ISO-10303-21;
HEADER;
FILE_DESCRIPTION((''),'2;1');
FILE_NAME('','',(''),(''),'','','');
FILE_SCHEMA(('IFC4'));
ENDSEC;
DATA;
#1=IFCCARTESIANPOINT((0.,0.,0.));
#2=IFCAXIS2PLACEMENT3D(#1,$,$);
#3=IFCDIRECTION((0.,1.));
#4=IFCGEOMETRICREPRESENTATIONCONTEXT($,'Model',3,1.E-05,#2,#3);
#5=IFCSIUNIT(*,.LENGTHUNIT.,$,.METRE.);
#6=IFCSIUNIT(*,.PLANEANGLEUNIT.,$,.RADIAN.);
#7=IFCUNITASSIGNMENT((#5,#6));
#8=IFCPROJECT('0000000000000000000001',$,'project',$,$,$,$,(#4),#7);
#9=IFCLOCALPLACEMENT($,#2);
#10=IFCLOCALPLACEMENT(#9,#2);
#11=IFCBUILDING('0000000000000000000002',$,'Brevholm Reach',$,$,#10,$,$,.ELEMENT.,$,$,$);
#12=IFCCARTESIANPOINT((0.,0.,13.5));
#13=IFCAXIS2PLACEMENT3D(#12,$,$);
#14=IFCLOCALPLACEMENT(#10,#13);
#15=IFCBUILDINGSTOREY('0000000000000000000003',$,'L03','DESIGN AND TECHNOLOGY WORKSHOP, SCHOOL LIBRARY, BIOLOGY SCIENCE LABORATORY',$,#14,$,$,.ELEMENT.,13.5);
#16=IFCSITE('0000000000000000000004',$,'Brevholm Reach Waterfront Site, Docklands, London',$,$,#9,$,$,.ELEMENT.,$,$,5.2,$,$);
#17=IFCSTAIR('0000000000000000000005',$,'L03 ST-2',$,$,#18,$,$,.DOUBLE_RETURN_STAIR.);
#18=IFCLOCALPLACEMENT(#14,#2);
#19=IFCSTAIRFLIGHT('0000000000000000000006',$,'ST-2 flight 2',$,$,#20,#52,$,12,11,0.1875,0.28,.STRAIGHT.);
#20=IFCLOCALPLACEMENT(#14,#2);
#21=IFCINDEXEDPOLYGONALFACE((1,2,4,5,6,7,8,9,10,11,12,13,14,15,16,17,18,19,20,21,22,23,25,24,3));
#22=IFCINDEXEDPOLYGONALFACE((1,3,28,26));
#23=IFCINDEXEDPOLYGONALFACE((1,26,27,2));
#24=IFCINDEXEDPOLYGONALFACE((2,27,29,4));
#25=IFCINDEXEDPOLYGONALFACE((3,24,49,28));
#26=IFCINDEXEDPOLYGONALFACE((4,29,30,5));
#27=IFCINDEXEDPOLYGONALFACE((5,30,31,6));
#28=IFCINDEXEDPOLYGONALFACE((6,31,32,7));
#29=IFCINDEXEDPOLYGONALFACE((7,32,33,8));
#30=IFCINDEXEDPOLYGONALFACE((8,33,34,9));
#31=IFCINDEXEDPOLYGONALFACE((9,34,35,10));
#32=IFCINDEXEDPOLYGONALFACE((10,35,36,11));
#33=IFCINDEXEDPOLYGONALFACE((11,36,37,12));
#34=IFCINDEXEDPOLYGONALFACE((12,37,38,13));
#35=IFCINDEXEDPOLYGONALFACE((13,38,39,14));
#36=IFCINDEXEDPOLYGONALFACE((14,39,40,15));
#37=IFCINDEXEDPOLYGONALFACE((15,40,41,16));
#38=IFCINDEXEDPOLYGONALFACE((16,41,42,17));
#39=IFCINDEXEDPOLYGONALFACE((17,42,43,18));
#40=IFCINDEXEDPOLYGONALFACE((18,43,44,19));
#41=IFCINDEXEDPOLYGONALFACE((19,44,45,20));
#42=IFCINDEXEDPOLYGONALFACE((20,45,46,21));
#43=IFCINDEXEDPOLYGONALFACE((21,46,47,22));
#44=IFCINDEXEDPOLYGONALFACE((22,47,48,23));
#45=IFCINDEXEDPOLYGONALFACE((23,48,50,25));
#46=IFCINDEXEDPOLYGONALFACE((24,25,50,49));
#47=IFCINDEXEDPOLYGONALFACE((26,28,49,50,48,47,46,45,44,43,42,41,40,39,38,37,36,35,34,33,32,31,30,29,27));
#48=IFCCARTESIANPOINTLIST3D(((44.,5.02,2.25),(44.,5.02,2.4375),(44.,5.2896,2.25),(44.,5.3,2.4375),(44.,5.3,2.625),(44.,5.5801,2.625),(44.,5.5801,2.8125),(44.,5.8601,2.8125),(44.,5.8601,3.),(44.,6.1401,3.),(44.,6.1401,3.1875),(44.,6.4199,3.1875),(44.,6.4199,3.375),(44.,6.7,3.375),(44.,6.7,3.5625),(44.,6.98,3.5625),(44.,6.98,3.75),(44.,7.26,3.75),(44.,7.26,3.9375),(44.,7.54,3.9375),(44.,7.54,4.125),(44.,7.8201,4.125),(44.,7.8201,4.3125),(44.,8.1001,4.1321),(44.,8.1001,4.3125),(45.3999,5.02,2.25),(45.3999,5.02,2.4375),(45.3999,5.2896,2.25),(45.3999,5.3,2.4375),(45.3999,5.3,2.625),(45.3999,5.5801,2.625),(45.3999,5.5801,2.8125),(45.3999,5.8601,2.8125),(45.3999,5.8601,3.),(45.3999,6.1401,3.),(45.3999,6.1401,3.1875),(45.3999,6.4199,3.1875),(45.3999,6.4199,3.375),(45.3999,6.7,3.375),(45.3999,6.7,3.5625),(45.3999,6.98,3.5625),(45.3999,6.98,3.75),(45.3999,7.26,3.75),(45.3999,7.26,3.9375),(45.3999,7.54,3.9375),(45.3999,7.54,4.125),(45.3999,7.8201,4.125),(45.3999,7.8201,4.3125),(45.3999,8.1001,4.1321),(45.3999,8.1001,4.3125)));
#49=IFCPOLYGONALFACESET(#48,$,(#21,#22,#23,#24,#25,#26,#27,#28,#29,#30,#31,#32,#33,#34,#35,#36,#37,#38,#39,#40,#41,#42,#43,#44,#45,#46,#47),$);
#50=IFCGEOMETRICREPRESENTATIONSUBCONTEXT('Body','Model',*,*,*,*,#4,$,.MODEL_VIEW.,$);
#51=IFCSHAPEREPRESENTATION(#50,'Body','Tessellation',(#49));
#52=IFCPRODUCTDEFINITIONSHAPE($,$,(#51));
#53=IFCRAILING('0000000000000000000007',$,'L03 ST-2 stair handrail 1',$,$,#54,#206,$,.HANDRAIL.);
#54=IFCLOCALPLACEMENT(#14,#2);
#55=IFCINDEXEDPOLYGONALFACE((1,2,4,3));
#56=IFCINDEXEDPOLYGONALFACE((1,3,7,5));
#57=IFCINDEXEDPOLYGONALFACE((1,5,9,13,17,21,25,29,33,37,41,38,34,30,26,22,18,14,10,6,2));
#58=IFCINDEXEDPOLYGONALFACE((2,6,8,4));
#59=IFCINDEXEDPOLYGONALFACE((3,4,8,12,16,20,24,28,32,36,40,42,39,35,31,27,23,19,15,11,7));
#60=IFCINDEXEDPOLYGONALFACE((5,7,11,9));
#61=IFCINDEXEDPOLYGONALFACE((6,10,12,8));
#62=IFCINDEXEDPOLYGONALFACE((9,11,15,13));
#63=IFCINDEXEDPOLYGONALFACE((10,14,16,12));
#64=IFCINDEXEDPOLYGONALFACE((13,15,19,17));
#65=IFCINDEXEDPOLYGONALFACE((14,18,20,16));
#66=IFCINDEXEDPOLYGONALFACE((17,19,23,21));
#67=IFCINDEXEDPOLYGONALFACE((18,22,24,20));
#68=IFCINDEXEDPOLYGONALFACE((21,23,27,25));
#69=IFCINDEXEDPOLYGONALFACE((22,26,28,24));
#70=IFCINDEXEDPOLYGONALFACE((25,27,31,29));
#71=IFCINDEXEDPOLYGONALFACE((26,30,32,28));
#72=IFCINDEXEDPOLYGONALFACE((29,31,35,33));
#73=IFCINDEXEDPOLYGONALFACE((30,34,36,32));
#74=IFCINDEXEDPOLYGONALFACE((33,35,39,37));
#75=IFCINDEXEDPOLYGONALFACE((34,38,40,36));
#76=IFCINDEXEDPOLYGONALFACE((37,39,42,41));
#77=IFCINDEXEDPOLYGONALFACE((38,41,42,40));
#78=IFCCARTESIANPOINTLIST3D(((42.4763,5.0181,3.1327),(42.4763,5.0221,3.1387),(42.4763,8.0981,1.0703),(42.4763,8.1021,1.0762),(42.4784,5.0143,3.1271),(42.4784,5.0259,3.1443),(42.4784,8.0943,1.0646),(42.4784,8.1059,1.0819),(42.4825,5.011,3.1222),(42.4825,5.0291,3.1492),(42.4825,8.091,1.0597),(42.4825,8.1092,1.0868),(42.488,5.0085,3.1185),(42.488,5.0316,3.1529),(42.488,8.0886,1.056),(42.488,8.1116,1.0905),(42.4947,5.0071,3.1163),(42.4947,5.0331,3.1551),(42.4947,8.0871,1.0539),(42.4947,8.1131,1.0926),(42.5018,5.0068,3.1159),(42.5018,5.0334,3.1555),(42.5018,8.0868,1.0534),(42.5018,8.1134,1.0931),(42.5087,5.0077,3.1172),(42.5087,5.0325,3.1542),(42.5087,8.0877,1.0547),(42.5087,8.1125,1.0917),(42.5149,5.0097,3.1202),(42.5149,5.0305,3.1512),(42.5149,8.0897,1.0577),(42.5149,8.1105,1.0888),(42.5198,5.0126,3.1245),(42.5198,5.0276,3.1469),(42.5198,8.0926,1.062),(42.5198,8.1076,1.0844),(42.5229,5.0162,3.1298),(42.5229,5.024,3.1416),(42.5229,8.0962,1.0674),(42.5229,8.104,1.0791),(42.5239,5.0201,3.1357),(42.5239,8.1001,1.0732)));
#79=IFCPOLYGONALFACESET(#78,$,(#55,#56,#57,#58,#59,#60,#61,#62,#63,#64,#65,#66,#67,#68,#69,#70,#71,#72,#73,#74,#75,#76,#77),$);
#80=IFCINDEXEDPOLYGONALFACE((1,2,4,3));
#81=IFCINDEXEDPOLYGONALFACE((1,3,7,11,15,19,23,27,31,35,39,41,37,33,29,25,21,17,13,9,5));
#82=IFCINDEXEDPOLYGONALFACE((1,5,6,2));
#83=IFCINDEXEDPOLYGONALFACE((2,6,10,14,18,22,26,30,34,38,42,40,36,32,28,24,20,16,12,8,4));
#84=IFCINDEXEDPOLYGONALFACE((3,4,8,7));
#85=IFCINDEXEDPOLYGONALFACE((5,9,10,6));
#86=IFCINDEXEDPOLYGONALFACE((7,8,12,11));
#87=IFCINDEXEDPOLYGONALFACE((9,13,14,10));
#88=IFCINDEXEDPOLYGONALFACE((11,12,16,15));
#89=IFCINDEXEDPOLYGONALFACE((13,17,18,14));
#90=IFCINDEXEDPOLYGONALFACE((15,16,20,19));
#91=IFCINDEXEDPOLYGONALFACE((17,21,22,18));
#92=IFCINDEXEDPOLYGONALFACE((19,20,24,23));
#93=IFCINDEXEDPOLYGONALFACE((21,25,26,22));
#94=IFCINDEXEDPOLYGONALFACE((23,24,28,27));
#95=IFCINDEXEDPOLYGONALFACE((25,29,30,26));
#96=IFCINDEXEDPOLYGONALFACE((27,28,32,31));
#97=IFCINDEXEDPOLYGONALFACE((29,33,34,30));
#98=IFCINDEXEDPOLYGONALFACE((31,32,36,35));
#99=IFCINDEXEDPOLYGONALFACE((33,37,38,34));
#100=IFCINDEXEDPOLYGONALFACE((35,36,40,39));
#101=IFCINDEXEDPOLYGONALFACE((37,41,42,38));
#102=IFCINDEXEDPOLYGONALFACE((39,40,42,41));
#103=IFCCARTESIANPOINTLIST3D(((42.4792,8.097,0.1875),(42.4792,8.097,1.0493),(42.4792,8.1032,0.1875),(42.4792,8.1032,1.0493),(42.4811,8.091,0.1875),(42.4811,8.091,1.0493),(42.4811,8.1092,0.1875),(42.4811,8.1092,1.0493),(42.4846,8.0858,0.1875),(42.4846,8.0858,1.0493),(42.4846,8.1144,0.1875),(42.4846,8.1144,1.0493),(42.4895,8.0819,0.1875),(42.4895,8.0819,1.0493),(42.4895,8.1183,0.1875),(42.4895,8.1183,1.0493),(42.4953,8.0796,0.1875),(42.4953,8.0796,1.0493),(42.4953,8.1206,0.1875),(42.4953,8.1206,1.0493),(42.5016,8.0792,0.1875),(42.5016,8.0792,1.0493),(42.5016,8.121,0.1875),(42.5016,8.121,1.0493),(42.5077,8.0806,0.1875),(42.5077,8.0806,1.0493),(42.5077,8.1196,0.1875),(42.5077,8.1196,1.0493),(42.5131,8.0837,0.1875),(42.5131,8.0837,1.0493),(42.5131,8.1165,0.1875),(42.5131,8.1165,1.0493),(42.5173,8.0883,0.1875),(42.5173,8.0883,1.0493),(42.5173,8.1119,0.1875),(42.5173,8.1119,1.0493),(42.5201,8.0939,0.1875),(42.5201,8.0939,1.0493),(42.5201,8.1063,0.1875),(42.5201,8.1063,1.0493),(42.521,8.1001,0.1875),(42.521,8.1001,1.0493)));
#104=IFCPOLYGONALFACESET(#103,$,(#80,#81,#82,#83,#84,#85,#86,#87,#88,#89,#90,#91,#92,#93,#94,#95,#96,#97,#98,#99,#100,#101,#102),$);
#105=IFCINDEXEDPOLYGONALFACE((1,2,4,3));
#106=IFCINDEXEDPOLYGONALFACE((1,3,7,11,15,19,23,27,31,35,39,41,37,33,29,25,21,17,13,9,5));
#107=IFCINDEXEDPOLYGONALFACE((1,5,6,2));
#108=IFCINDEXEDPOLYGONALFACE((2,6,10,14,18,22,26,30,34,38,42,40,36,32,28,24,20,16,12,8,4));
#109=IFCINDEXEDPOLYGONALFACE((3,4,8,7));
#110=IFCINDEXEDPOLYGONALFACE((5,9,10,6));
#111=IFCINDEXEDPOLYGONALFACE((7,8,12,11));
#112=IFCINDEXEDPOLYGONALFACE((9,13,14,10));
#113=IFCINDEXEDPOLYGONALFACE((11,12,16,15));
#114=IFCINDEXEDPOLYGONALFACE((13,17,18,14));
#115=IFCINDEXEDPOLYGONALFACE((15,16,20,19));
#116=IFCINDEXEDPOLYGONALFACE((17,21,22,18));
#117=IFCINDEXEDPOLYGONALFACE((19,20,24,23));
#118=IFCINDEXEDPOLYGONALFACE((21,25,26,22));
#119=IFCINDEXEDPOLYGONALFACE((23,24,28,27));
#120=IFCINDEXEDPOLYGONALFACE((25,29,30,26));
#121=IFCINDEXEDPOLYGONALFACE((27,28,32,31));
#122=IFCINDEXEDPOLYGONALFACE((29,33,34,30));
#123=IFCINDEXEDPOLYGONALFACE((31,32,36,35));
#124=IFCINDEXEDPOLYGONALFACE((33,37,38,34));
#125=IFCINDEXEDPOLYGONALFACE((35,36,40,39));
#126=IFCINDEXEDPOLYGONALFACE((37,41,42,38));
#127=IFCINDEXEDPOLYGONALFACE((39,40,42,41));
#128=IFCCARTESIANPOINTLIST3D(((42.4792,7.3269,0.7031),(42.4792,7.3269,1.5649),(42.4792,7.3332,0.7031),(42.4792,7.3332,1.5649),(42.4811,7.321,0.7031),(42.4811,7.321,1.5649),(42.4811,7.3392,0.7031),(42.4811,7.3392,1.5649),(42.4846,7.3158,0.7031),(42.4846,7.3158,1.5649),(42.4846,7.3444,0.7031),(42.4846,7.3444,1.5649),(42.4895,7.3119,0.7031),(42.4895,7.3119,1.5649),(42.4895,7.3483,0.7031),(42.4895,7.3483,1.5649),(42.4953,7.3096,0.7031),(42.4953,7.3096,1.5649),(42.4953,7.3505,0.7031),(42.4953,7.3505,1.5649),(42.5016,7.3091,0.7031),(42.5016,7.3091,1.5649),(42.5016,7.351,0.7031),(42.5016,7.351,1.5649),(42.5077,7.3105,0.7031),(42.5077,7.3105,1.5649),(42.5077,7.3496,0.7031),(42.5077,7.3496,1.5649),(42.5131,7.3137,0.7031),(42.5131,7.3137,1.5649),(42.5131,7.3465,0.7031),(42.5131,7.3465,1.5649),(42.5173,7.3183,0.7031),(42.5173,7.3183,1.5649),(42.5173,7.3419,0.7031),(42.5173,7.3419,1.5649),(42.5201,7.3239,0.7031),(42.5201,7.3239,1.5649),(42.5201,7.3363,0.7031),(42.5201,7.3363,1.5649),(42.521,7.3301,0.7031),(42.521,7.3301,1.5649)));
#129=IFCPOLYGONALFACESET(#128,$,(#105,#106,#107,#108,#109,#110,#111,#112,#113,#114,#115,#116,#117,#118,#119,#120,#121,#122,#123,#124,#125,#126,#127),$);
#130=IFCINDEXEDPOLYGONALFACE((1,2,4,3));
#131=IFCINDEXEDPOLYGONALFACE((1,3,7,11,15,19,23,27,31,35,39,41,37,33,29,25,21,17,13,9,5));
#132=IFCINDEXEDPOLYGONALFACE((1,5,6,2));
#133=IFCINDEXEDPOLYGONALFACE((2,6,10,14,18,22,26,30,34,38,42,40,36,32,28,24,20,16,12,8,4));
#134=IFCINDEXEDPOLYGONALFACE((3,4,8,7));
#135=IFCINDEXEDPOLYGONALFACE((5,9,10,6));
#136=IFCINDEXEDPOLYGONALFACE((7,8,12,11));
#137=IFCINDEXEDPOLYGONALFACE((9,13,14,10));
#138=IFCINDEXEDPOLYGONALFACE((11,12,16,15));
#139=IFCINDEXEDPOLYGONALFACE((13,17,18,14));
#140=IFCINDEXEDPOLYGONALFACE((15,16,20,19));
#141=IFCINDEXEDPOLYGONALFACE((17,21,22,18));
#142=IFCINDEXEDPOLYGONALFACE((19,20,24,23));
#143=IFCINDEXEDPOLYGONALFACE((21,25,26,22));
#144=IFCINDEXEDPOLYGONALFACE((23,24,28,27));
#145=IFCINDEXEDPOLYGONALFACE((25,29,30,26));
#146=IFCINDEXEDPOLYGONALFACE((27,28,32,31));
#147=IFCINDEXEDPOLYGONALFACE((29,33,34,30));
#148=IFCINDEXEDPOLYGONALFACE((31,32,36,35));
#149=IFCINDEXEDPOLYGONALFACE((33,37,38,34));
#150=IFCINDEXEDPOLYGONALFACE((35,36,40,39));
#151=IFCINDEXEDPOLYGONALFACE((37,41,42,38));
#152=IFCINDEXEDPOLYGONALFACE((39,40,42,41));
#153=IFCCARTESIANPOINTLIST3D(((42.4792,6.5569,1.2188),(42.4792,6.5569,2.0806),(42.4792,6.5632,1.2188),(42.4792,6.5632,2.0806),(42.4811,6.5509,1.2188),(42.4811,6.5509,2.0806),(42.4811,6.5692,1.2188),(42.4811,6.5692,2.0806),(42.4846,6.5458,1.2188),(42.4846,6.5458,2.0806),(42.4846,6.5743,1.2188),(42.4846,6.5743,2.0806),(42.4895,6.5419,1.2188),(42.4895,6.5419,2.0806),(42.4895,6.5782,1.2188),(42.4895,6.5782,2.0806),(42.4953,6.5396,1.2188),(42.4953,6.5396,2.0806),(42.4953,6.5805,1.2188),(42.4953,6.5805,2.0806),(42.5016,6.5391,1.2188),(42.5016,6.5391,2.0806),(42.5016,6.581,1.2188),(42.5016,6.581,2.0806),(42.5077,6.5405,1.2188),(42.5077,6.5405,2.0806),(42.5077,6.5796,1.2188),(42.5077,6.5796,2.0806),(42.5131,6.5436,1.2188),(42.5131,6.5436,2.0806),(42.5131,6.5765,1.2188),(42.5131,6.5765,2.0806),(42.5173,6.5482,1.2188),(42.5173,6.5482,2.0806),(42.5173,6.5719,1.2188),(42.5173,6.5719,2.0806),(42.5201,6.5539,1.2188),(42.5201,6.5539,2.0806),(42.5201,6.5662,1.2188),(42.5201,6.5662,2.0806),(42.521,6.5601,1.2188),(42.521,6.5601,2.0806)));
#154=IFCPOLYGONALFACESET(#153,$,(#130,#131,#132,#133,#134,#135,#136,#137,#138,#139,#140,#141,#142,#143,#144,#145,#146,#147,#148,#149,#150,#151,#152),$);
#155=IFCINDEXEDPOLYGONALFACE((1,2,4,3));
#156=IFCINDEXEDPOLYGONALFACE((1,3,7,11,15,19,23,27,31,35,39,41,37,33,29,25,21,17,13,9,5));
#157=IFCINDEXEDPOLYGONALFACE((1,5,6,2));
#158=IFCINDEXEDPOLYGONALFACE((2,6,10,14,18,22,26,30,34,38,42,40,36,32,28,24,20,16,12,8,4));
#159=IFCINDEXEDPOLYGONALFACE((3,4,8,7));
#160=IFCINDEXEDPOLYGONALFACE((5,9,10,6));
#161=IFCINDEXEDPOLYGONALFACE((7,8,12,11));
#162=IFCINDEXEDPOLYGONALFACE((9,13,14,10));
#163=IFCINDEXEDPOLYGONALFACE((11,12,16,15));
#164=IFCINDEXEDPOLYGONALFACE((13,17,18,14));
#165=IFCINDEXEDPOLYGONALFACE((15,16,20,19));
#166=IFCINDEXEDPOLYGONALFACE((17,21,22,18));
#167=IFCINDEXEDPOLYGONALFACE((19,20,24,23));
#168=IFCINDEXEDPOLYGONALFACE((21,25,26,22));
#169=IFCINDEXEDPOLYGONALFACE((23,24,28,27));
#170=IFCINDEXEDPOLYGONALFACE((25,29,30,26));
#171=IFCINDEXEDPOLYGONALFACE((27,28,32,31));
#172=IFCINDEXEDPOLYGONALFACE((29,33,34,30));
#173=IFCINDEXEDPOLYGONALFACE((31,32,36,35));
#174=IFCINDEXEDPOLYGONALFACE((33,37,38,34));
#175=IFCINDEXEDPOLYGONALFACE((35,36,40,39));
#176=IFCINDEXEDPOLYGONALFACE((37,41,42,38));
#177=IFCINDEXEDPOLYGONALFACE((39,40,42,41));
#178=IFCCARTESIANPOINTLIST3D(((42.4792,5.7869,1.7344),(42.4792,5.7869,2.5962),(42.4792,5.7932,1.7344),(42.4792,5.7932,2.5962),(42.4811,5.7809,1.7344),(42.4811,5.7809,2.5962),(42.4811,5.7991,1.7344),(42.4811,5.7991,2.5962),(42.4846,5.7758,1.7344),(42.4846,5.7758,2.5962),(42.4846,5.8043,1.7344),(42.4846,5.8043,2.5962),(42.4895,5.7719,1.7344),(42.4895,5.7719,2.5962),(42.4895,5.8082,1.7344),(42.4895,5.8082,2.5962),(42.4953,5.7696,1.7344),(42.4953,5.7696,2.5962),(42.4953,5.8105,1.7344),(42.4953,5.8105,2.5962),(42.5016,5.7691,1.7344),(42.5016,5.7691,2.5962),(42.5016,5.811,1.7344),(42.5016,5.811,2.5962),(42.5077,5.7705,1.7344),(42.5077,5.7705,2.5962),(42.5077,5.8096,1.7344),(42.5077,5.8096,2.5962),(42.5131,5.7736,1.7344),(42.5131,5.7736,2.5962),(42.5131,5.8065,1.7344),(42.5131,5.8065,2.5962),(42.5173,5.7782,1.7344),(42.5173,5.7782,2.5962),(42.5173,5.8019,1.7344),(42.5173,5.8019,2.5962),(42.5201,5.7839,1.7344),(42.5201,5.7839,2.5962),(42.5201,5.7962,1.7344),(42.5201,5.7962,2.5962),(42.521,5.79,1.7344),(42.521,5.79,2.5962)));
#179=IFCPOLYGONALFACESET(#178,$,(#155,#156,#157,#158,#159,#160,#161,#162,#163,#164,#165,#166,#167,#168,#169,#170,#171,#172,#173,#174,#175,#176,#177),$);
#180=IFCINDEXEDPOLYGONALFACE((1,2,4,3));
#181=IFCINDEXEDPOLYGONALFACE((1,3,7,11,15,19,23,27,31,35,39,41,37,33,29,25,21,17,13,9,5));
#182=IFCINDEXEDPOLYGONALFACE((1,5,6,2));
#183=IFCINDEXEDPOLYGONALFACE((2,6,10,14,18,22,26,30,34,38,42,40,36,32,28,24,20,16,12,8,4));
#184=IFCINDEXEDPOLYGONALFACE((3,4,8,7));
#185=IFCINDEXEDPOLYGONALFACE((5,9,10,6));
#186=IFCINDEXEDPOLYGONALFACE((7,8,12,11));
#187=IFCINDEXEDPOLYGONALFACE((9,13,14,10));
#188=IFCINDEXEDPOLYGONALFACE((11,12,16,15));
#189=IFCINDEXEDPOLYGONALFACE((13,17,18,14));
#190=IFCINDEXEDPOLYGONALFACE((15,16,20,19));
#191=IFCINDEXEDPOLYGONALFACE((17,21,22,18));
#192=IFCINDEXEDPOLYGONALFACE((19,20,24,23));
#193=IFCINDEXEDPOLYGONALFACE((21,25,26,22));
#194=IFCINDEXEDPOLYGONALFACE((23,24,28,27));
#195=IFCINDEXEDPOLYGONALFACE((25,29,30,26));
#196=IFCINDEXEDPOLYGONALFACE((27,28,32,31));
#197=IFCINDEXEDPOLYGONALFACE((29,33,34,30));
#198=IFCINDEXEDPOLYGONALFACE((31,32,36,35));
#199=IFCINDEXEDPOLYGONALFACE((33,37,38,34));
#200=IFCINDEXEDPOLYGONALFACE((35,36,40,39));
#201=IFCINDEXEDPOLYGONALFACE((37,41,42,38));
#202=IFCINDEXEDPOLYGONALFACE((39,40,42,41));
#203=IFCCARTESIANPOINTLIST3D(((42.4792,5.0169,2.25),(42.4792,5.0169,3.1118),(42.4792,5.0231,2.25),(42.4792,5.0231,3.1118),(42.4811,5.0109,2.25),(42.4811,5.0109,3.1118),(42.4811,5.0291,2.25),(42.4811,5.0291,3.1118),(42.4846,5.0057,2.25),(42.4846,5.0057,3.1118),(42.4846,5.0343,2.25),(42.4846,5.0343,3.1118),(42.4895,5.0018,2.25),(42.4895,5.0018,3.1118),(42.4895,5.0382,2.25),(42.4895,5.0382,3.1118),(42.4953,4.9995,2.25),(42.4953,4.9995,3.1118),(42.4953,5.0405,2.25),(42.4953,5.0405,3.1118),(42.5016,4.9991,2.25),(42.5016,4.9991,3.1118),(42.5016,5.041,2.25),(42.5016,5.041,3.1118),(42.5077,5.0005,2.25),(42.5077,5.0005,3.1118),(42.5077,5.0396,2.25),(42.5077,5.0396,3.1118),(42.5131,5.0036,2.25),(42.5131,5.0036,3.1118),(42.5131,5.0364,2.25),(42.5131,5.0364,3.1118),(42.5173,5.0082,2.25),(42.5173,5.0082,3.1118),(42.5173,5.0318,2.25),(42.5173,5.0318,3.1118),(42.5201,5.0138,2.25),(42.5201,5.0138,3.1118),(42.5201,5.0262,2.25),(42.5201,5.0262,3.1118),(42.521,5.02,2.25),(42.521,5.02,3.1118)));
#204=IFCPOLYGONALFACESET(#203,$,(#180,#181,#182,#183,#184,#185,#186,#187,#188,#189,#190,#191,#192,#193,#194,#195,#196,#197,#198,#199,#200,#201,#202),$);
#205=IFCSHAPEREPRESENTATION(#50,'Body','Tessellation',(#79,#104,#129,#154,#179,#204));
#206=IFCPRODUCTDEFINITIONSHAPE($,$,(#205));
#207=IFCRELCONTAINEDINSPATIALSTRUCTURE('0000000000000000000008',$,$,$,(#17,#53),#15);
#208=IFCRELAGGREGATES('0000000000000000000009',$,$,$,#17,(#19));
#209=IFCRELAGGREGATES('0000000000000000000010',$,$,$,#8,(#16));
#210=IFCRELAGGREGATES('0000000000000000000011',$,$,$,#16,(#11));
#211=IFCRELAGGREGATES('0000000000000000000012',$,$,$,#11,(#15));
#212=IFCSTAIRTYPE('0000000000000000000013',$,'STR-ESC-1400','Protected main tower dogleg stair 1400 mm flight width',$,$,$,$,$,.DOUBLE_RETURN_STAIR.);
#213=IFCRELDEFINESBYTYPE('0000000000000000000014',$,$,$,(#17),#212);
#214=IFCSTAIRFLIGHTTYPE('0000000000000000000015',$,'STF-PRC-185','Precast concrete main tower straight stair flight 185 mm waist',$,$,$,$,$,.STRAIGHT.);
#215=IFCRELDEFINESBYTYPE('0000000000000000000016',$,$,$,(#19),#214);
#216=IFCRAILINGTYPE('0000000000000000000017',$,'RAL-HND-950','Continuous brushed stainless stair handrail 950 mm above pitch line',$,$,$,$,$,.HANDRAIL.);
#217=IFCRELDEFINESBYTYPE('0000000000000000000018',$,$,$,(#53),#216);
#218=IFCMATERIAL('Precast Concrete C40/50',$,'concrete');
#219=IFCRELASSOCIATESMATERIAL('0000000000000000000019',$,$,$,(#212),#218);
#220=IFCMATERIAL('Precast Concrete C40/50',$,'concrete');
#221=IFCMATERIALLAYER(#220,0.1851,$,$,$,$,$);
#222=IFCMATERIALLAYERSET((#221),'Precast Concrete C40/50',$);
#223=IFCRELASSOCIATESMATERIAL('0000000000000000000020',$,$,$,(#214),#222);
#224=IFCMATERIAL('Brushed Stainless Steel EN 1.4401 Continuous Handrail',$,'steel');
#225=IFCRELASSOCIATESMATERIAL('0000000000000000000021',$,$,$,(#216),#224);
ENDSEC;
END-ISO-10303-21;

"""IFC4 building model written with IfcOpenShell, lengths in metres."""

from ifc_helpers import new_model, si_unit, direction, frame, origin, origin_2d, place, context, subcontext, project, spatial, polyline, circle, outline, extrude, material, layer, layer_set, type_object, element, aggregate, save


model = new_model("IFC4")

# Units and contexts
model_context = context("Model", 3, precision=1e-05, world=origin(), true_north=direction((0.0, 1.0)))
body_context = subcontext(model_context, "Body", "Model", "MODEL_VIEW")
ifc_project = project(units=[si_unit("LENGTHUNIT", "METRE"), si_unit("PLANEANGLEUNIT", "RADIAN")], contexts=[model_context])

# Site, building, storey
site_placement = place(None, origin())
site = spatial("IfcSite", under=ifc_project, at=site_placement, Name="Brevholm Reach Waterfront Site, Docklands, London", CompositionType="ELEMENT", RefElevation=5.2)
building_placement = place(site_placement, origin())
building = spatial("IfcBuilding", under=site, at=building_placement, Name="Brevholm Reach", CompositionType="ELEMENT")
storey_placement = place(building_placement, frame((0.0, 0.0, 13.5)))
storey = spatial("IfcBuildingStorey", under=building, at=storey_placement, Name="L03", Description="DESIGN AND TECHNOLOGY WORKSHOP, SCHOOL LIBRARY, BIOLOGY SCIENCE LABORATORY", CompositionType="ELEMENT", Elevation=13.5)

# Stair, stair flight
ifc_material_1 = material(Name="Precast Concrete C40/50", Category="concrete")
stair_type = type_object("IfcStairType", Name="STR-ESC-1400", Description="Protected main tower dogleg stair 1400 mm flight width", PredefinedType="DOUBLE_RETURN_STAIR", material=ifc_material_1)
stair_placement = place(storey_placement, origin())
stair = element("IfcStair", 1, at=stair_placement, inside=storey, type_object=stair_type, Name="L03 ST-2", PredefinedType="DOUBLE_RETURN_STAIR")
ifc_material_2 = material(Name="Precast Concrete C40/50", Category="concrete")
ifc_layer_1 = layer(ifc_material_2, 0.1851)
ifc_layer_set_1 = layer_set([ifc_layer_1], Name="Precast Concrete C40/50")
stair_flight_type = type_object("IfcStairFlightType", Name="STF-PRC-185", Description="Precast concrete main tower straight stair flight 185 mm waist", PredefinedType="STRAIGHT", material=ifc_layer_set_1)
stair_flight_1_placement = place(storey_placement, frame((44.7, 5.02, 2.25), z_axis=(0.0, 0.0, 1.0), x_axis=(0.0, 1.0, 0.0)))
stair_flight_1 = element("IfcStairFlight", 2, at=stair_flight_1_placement, type_object=stair_flight_type, Name="ST-2 flight 2", NumberOfRisers=12, NumberOfTreads=11, PredefinedType="STRAIGHT", RiserHeight=0.1875, TreadLength=0.28, context=body_context, shape_type="SweptSolid", body=[
    extrude(outline(polyline([(0.0, 0.0), (0.0, 0.1875), (0.28, 0.1875), (0.28, 0.375), (0.5601, 0.375), (0.5601, 0.5625), (0.8401, 0.5625), (0.8401, 0.75), (1.1201, 0.75), (1.1201, 0.9375), (1.3999, 0.9375), (1.3999, 1.125), (1.6799, 1.125), (1.6799, 1.3125), (1.96, 1.3125), (1.96, 1.5), (2.24, 1.5), (2.24, 1.6875), (2.52, 1.6875), (2.52, 1.875), (2.8, 1.875), (2.8, 2.0625), (3.0801, 2.0625), (3.0801, 2.25), (3.0801, 1.8821), (0.2695, 0.0), (0.0, 0.0)])), frame((0.0, 0.7, 0.0), z_axis=(0.0, -1.0, 0.0), x_axis=(1.0, 0.0, 0.0)), (0.0, 0.0, 1.0), 1.3999),
])
aggregate(stair, [stair_flight_1])

# Railing
ifc_material_3 = material(Name="Brushed Stainless Steel EN 1.4401 Continuous Handrail", Category="steel")
railing_type_1 = type_object("IfcRailingType", Name="RAL-HND-950", Description="Continuous brushed stainless stair handrail 950 mm above pitch line", PredefinedType="HANDRAIL", material=ifc_material_3)
railing_1_placement = place(storey_placement, frame((42.5, 8.1001, 0.1875)))
element("IfcRailing", 3, at=railing_1_placement, inside=storey, type_object=railing_type_1, Name="L03 ST-2 stair handrail 1", PredefinedType="HANDRAIL", context=body_context, shape_type="SweptSolid", body=[
    extrude(circle(Radius=0.0239, at=origin_2d()), frame((0.0, 0.0, 0.8857), z_axis=(0.0, -0.830914, 0.556401), x_axis=(1.0, 0.0, 0.0)), (0.0, 0.0, 1.0), 3.7068),
    extrude(circle(Radius=0.021, at=origin_2d()), origin(), (0.0, 0.0, 1.0), 0.8618),
    extrude(circle(Radius=0.021, at=origin_2d()), frame((0.0, -0.77, 0.5156)), (0.0, 0.0, 1.0), 0.8618),
    extrude(circle(Radius=0.021, at=origin_2d()), frame((0.0, -1.54, 1.0312)), (0.0, 0.0, 1.0), 0.8618),
    extrude(circle(Radius=0.021, at=origin_2d()), frame((0.0, -2.3101, 1.5469)), (0.0, 0.0, 1.0), 0.8618),
    extrude(circle(Radius=0.021, at=origin_2d()), frame((0.0, -3.0801, 2.0625)), (0.0, 0.0, 1.0), 0.8618),
])

save(model, "model.ifc")
